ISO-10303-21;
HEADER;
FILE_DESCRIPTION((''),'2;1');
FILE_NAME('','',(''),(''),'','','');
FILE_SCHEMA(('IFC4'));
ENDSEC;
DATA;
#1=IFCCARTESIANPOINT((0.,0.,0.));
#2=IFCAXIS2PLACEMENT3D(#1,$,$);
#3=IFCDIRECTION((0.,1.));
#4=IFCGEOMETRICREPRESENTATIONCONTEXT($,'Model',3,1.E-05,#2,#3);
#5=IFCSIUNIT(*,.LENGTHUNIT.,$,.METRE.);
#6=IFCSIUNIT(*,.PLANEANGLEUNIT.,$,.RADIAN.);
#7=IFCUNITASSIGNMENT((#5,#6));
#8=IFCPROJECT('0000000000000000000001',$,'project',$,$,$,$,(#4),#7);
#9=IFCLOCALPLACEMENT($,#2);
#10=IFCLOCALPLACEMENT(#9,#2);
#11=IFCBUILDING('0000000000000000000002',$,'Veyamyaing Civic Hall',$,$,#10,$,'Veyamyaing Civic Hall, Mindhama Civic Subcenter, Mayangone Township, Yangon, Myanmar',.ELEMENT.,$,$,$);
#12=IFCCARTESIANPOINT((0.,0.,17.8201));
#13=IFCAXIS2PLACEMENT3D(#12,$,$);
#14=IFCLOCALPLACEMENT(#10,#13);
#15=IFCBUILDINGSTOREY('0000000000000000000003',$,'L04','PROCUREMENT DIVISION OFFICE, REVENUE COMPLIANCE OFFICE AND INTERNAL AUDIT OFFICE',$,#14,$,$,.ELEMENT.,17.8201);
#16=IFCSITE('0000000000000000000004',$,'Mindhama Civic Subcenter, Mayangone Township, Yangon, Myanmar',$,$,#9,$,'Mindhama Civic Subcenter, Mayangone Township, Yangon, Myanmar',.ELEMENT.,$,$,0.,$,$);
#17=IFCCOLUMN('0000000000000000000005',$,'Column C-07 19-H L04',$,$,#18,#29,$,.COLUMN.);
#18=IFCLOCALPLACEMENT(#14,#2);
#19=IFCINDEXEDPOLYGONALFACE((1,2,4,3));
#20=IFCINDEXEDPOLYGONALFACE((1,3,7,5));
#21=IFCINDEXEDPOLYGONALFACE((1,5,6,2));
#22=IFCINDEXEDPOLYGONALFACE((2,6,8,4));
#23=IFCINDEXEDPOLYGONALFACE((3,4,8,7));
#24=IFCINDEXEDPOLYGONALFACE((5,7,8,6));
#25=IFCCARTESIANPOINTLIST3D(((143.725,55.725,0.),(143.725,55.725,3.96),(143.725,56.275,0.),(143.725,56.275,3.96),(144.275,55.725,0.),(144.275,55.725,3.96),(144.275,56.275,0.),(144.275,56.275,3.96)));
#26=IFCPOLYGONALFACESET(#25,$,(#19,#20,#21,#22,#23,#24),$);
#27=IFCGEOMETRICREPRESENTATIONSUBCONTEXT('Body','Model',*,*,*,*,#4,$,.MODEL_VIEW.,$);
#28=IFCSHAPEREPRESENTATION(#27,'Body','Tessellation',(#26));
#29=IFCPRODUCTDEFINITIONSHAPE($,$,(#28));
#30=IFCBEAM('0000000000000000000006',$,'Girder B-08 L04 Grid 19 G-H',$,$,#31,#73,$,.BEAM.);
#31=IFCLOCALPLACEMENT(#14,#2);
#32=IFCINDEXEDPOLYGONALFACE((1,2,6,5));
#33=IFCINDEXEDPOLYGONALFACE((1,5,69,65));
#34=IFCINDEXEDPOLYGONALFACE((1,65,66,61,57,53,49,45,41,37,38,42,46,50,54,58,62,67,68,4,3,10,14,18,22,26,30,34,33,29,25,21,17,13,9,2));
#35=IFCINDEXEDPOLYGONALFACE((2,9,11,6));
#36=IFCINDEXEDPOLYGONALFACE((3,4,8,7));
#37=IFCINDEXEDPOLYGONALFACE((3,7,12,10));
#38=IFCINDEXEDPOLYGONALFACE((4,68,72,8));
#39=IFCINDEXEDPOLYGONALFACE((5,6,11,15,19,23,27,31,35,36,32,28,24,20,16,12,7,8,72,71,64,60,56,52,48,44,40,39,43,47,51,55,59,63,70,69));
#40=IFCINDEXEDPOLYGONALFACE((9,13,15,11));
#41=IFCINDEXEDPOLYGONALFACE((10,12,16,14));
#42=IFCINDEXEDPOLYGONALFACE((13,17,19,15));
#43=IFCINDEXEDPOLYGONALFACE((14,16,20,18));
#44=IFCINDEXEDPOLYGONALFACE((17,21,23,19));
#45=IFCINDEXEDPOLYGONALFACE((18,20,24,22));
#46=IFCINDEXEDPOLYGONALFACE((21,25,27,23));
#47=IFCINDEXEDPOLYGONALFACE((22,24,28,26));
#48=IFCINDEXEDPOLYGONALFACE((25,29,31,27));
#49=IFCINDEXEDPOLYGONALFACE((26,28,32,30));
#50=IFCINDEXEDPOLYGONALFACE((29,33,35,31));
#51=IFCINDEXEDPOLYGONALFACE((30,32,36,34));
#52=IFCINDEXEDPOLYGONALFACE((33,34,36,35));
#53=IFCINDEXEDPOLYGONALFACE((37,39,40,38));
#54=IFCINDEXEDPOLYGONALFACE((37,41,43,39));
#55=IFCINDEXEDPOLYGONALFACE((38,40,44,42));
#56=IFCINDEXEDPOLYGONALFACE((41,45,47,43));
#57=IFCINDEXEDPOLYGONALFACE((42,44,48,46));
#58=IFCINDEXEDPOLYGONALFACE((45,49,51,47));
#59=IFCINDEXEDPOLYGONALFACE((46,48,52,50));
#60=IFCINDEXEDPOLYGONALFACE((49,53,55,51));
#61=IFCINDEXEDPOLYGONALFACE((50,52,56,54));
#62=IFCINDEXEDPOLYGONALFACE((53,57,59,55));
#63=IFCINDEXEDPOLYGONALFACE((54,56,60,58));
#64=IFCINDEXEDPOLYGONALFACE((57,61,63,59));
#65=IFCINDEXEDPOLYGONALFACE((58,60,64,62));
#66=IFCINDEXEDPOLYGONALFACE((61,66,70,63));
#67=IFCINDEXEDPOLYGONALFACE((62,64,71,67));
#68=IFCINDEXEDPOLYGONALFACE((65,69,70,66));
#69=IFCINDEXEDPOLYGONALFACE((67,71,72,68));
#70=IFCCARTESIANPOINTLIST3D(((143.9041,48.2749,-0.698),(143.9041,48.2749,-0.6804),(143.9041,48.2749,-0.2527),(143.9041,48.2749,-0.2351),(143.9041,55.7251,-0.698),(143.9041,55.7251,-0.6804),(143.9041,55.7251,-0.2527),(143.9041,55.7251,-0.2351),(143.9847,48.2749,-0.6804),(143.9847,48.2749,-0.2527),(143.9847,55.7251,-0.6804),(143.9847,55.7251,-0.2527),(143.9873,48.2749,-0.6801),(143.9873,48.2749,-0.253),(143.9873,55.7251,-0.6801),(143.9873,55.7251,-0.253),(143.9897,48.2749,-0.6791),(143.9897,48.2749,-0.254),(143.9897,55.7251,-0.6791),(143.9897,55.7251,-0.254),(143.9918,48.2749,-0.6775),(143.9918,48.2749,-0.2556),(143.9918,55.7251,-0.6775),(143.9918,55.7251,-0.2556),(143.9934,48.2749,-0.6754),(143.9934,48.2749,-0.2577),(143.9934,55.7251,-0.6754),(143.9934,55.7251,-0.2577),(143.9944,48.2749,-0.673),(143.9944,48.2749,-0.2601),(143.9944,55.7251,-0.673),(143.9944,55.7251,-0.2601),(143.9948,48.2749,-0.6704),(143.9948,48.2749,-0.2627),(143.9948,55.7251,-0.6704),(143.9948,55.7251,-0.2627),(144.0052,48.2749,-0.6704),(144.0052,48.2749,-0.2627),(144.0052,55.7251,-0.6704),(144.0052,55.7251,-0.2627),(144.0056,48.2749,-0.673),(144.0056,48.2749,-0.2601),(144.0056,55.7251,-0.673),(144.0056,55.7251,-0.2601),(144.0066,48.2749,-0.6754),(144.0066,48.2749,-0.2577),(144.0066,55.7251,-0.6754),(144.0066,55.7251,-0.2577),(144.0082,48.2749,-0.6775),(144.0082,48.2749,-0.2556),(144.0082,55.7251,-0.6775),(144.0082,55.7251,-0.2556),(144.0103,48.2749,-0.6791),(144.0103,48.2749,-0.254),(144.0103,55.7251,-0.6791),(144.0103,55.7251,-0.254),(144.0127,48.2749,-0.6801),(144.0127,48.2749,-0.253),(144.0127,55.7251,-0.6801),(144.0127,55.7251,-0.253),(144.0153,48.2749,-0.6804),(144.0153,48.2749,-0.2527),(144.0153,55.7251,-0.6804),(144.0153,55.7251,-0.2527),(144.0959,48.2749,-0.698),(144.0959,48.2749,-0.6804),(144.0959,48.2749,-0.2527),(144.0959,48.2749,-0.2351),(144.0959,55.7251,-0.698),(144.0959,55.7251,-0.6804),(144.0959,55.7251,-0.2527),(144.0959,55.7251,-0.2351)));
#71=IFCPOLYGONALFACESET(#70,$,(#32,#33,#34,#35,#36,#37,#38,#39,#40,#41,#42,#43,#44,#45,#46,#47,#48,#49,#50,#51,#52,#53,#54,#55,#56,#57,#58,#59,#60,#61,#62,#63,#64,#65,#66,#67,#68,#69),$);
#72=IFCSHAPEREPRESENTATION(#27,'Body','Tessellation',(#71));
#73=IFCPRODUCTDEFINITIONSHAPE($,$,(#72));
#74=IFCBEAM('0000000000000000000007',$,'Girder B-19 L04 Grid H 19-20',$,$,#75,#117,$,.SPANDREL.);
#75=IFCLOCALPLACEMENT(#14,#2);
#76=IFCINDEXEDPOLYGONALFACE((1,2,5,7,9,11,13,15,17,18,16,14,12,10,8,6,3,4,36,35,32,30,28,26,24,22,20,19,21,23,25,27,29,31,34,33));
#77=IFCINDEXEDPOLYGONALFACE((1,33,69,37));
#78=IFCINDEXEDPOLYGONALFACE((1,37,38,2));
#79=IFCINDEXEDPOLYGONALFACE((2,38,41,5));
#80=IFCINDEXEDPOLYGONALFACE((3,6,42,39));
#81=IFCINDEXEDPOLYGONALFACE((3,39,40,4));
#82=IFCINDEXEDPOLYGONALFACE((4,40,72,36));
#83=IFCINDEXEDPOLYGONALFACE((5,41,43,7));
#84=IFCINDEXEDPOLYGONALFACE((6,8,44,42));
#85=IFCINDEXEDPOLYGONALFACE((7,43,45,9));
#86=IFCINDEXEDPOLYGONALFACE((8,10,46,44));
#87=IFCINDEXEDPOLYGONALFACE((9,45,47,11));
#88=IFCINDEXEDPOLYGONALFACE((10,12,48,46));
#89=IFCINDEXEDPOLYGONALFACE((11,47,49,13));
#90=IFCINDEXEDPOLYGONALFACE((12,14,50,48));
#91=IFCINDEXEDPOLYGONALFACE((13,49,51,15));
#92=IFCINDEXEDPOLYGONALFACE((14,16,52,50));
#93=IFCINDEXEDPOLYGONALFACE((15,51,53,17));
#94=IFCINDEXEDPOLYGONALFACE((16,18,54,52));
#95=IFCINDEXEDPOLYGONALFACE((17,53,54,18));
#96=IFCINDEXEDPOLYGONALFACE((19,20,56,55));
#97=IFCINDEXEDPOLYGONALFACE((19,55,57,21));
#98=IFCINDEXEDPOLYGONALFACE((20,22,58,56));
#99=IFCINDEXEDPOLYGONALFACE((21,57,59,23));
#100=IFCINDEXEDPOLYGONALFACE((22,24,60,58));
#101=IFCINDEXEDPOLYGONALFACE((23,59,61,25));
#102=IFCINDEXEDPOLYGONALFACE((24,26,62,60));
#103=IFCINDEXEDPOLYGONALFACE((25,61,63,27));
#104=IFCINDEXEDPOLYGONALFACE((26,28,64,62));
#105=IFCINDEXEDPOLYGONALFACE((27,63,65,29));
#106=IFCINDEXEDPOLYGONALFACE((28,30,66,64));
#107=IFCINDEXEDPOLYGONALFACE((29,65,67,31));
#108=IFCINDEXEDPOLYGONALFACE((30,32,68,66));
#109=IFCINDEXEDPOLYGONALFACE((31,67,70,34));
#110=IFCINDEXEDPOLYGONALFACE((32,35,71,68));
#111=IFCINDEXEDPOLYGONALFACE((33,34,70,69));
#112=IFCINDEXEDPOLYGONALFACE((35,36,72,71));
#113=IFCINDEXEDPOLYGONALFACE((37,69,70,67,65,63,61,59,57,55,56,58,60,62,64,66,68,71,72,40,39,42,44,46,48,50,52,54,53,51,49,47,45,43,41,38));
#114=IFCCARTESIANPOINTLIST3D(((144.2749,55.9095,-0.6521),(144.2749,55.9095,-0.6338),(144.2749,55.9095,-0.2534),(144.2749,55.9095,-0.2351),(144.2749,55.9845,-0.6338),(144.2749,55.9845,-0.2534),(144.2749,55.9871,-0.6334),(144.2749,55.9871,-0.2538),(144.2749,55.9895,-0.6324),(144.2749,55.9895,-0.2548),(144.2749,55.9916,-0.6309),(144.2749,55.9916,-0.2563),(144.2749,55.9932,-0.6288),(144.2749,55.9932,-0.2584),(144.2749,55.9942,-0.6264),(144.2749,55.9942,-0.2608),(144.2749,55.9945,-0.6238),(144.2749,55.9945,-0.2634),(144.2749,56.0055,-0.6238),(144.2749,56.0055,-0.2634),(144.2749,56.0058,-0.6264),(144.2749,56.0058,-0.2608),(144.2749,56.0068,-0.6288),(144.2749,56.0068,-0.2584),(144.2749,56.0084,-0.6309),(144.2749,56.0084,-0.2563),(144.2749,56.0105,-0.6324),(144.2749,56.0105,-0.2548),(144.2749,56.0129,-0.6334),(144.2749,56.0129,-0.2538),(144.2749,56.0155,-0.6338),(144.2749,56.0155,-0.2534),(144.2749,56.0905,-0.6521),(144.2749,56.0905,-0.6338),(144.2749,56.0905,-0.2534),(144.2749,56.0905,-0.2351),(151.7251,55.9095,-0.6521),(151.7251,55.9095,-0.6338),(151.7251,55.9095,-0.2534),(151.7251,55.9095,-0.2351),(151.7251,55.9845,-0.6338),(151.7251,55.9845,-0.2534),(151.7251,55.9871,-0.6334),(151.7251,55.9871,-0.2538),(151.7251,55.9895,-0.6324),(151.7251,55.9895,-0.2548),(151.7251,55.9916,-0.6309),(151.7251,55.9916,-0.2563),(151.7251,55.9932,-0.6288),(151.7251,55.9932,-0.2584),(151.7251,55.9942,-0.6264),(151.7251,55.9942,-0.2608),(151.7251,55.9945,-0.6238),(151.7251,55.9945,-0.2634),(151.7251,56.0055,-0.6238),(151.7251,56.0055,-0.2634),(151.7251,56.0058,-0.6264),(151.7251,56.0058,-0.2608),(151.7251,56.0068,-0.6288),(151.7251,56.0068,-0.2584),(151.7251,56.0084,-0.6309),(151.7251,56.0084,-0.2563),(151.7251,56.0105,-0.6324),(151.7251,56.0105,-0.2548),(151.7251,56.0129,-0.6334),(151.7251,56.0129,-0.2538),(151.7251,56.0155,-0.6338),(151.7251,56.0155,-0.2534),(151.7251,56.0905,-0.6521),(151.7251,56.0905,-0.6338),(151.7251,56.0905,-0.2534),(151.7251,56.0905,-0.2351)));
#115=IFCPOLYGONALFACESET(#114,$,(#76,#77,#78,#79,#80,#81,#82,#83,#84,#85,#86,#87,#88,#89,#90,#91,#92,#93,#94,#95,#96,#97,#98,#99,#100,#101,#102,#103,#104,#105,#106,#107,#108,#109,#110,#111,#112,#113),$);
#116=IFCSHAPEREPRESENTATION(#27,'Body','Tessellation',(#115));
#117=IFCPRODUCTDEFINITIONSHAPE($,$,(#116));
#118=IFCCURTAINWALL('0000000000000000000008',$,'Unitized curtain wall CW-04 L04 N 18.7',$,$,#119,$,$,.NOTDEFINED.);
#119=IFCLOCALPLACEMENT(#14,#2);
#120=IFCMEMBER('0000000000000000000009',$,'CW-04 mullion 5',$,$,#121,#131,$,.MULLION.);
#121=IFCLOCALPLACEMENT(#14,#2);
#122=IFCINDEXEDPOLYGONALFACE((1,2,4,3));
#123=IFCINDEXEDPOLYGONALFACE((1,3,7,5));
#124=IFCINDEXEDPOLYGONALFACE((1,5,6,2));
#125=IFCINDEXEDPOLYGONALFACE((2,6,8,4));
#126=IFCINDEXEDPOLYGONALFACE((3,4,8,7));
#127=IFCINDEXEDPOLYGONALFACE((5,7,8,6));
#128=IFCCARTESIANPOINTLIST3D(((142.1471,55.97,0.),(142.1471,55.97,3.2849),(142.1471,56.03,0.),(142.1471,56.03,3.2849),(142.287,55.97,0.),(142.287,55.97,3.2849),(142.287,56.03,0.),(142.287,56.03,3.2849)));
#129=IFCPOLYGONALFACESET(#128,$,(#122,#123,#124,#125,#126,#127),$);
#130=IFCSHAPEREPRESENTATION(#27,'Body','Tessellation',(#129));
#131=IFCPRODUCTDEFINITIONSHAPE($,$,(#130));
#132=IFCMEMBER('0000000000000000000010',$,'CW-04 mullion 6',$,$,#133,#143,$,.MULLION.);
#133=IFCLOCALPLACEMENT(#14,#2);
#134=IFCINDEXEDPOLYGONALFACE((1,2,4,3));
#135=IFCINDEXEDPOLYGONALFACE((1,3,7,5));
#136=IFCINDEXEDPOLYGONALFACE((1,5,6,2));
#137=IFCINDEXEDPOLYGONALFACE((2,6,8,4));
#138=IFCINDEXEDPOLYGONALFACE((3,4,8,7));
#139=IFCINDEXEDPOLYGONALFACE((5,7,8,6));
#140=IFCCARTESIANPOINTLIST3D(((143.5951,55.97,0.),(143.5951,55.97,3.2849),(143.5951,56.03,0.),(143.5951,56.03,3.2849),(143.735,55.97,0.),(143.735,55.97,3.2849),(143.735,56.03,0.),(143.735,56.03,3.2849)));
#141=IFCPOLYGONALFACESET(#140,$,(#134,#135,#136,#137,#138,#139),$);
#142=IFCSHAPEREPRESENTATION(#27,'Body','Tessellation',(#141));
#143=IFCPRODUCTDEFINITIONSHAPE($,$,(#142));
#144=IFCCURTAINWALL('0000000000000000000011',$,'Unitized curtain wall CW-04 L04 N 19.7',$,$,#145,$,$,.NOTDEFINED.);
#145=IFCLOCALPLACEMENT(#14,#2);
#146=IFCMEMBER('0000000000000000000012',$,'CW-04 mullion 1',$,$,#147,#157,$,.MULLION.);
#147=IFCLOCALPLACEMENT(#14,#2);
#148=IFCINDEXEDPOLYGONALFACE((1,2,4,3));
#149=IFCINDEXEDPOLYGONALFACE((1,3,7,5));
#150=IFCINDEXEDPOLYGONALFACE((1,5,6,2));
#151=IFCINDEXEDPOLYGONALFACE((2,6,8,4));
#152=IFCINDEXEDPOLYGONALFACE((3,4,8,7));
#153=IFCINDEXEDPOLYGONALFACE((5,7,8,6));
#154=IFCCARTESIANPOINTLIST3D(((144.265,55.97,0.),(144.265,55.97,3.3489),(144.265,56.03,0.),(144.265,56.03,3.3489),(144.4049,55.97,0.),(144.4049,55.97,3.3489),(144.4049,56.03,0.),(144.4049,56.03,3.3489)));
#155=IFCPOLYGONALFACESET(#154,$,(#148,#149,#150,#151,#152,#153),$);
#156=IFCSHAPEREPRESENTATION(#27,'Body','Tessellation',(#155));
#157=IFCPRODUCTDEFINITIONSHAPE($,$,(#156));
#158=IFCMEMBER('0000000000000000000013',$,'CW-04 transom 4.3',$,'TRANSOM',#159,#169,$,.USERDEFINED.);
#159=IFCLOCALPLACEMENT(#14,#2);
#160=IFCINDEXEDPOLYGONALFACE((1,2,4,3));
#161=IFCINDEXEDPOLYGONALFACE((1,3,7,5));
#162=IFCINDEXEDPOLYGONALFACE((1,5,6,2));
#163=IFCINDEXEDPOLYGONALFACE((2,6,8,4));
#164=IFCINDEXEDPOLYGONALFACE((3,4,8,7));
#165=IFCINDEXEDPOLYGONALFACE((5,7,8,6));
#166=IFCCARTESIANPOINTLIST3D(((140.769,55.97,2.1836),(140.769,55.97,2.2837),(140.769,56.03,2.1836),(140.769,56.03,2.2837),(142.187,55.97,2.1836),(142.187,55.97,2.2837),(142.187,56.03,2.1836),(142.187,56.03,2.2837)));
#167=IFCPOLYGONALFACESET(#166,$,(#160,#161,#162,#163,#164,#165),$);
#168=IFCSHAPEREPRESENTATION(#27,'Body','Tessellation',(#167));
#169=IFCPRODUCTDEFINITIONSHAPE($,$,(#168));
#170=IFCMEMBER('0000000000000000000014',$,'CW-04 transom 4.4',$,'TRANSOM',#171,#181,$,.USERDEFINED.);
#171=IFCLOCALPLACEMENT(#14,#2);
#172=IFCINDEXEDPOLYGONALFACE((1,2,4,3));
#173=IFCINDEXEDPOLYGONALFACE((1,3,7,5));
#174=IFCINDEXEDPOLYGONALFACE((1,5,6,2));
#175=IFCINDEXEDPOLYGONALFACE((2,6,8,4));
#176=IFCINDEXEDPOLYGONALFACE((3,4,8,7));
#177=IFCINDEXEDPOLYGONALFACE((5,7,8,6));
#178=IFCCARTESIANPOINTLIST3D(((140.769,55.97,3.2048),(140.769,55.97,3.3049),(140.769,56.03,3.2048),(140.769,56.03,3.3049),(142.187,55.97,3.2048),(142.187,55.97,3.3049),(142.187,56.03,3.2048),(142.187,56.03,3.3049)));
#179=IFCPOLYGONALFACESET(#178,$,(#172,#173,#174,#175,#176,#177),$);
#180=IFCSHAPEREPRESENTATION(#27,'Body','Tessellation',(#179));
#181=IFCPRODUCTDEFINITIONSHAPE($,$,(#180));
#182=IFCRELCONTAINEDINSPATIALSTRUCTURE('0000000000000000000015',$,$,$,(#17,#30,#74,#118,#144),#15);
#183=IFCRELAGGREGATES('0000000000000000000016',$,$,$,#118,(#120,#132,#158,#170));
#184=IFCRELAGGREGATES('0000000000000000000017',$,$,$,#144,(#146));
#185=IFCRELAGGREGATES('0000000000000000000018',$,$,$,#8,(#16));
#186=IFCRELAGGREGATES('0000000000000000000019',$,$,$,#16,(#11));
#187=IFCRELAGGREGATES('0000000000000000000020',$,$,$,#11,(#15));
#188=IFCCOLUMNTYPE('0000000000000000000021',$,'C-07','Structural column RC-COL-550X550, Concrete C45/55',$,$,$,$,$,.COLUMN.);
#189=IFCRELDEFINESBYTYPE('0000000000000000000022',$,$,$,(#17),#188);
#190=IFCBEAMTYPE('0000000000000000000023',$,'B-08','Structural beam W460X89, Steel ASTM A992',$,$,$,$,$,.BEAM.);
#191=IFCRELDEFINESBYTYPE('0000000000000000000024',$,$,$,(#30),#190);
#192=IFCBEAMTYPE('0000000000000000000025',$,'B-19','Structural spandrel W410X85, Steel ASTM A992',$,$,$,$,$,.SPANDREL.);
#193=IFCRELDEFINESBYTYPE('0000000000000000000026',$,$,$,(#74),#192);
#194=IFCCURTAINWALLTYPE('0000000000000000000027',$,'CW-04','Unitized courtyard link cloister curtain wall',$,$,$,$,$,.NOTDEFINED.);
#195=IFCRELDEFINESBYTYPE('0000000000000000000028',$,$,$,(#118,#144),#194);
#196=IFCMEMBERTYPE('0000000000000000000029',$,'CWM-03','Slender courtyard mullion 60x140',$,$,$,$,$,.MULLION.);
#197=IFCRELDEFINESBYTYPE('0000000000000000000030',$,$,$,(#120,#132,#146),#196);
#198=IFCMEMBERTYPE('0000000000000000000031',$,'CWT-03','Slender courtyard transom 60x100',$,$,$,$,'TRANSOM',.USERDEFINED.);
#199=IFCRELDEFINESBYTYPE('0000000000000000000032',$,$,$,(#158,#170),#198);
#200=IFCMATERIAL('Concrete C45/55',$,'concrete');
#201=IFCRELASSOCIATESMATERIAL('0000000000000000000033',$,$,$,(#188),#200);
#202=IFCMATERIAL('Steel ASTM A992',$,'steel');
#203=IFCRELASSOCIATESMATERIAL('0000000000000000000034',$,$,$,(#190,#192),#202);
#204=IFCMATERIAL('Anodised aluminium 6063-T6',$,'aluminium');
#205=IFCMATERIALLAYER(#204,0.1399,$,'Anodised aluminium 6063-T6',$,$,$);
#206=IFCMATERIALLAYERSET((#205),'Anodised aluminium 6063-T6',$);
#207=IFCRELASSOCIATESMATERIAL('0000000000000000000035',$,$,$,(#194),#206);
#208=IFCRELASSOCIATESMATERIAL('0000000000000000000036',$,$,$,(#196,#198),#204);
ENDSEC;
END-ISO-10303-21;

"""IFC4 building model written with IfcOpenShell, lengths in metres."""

from ifc_helpers import new_model, si_unit, direction, frame, origin, origin_2d, place, context, subcontext, project, spatial, rectangle, i_section, extrude, material, layer, layer_set, material_profile, profile_set, type_object, element, aggregate, save


model = new_model("IFC4")

# Units and contexts
model_context = context("Model", 3, precision=1e-05, world=origin(), true_north=direction((0.0, 1.0)))
body_context = subcontext(model_context, "Body", "Model", "MODEL_VIEW")
ifc_project = project(units=[si_unit("LENGTHUNIT", "METRE"), si_unit("PLANEANGLEUNIT", "RADIAN")], contexts=[model_context])

# Site, building, storey
site_placement = place(None, origin())
site = spatial("IfcSite", under=ifc_project, at=site_placement, Name="Mindhama Civic Subcenter, Mayangone Township, Yangon, Myanmar", LongName="Mindhama Civic Subcenter, Mayangone Township, Yangon, Myanmar", CompositionType="ELEMENT", RefElevation=0.0)
building_placement = place(site_placement, origin())
building = spatial("IfcBuilding", under=site, at=building_placement, Name="Veyamyaing Civic Hall", LongName="Veyamyaing Civic Hall, Mindhama Civic Subcenter, Mayangone Township, Yangon, Myanmar", CompositionType="ELEMENT")
storey_placement = place(building_placement, frame((0.0, 0.0, 17.8201)))
storey = spatial("IfcBuildingStorey", under=building, at=storey_placement, Name="L04", Description="PROCUREMENT DIVISION OFFICE, REVENUE COMPLIANCE OFFICE AND INTERNAL AUDIT OFFICE", CompositionType="ELEMENT", Elevation=17.8201)

# Column
ifc_material_1 = material(Name="Concrete C45/55", Category="concrete")
ifc_material_profile_1 = material_profile(ifc_material_1, rectangle(XDim=0.55, YDim=0.55, at=origin_2d()), Name="RC-COL-550X550")
ifc_profile_set_1 = profile_set([ifc_material_profile_1], Name="Concrete C45/55")
column_type = type_object("IfcColumnType", Name="C-07", Description="Structural column RC-COL-550X550, Concrete C45/55", PredefinedType="COLUMN", material=ifc_profile_set_1)
column_placement = place(storey_placement, frame((144.0, 56.0, 0.0), z_axis=(0.0, 0.0, 1.0), x_axis=(1.0, 0.0, 0.0)))
element("IfcColumn", 1, at=column_placement, inside=storey, type_object=column_type, Name="Column C-07 19-H L04", PredefinedType="COLUMN", context=body_context, shape_type="SweptSolid", body=[
    extrude(rectangle(XDim=0.55, YDim=0.55, at=origin_2d()), origin(), (0.0, 0.0, 1.0), 3.96),
])

# Beams
ifc_material_2 = material(Name="Steel ASTM A992", Category="steel")
ifc_material_profile_2 = material_profile(ifc_material_2, i_section(OverallWidth=0.1919, OverallDepth=0.4629, WebThickness=0.0105, FlangeThickness=0.0176, FilletRadius=0.01, at=origin_2d()), Name="W460X89")
ifc_profile_set_2 = profile_set([ifc_material_profile_2], Name="Steel ASTM A992")
beam_type_1 = type_object("IfcBeamType", Name="B-08", Description="Structural beam W460X89, Steel ASTM A992", PredefinedType="BEAM", material=ifc_profile_set_2)
beam_1_placement = place(storey_placement, frame((144.0, 48.2749, -0.4666), z_axis=(0.0, 1.0, 0.0), x_axis=(-1.0, 0.0, 0.0)))
element("IfcBeam", 2, at=beam_1_placement, inside=storey, type_object=beam_type_1, Name="Girder B-08 L04 Grid 19 G-H", PredefinedType="BEAM", context=body_context, shape_type="SweptSolid", body=[
    extrude(i_section(OverallWidth=0.1919, OverallDepth=0.4629, WebThickness=0.0105, FlangeThickness=0.0176, FilletRadius=0.01, at=origin_2d()), origin(), (0.0, 0.0, 1.0), 7.4502),
])
ifc_material_profile_3 = material_profile(ifc_material_2, i_section(OverallWidth=0.1809, OverallDepth=0.417, WebThickness=0.011, FlangeThickness=0.0183, FilletRadius=0.01, at=origin_2d()), Name="W410X85")
ifc_profile_set_3 = profile_set([ifc_material_profile_3], Name="Steel ASTM A992")
beam_type_2 = type_object("IfcBeamType", Name="B-19", Description="Structural spandrel W410X85, Steel ASTM A992", PredefinedType="SPANDREL", material=ifc_profile_set_3)
beam_2_placement = place(storey_placement, frame((144.2749, 56.0, -0.4436), z_axis=(1.0, 0.0, 0.0), x_axis=(0.0, 1.0, 0.0)))
element("IfcBeam", 3, at=beam_2_placement, inside=storey, type_object=beam_type_2, Name="Girder B-19 L04 Grid H 19-20", PredefinedType="SPANDREL", context=body_context, shape_type="SweptSolid", body=[
    extrude(i_section(OverallWidth=0.1809, OverallDepth=0.417, WebThickness=0.011, FlangeThickness=0.0183, FilletRadius=0.01, at=origin_2d()), origin(), (0.0, 0.0, 1.0), 7.4502),
])

# Curtain wall, members
ifc_material_3 = material(Name="Anodised aluminium 6063-T6", Category="aluminium")
ifc_layer_1 = layer(ifc_material_3, 0.1399, Name="Anodised aluminium 6063-T6")
ifc_layer_set_1 = layer_set([ifc_layer_1], Name="Anodised aluminium 6063-T6")
curtain_wall_type = type_object("IfcCurtainWallType", Name="CW-04", Description="Unitized courtyard link cloister curtain wall", PredefinedType="NOTDEFINED", material=ifc_layer_set_1)
curtain_wall_1_placement = place(storey_placement, origin())
curtain_wall_1 = element("IfcCurtainWall", 4, at=curtain_wall_1_placement, inside=storey, type_object=curtain_wall_type, Name="Unitized curtain wall CW-04 L04 N 18.7", PredefinedType="NOTDEFINED")
ifc_material_profile_4 = material_profile(ifc_material_3, rectangle(XDim=0.0601, YDim=0.1399, at=origin_2d()), Name="ALU-MUL-60X140")
ifc_profile_set_4 = profile_set([ifc_material_profile_4], Name="Anodised aluminium 6063-T6")
member_type_1 = type_object("IfcMemberType", Name="CWM-03", Description="Slender courtyard mullion 60x140", PredefinedType="MULLION", material=ifc_profile_set_4)
member_1_placement = place(storey_placement, frame((142.217, 56.0, 0.0), z_axis=(0.0, 0.0, 1.0), x_axis=(0.0, 1.0, 0.0)))
member_1 = element("IfcMember", 5, at=member_1_placement, type_object=member_type_1, Name="CW-04 mullion 5", PredefinedType="MULLION", context=body_context, shape_type="SweptSolid", body=[
    extrude(rectangle(XDim=0.0601, YDim=0.1399, at=origin_2d()), origin(), (0.0, 0.0, 1.0), 3.2849),
])
member_2_placement = place(storey_placement, frame((143.665, 56.0, 0.0), z_axis=(0.0, 0.0, 1.0), x_axis=(0.0, 1.0, 0.0)))
member_2 = element("IfcMember", 6, at=member_2_placement, type_object=member_type_1, Name="CW-04 mullion 6", PredefinedType="MULLION", context=body_context, shape_type="SweptSolid", body=[
    extrude(rectangle(XDim=0.0601, YDim=0.1399, at=origin_2d()), origin(), (0.0, 0.0, 1.0), 3.2849),
])

# Curtain wall, member
curtain_wall_2_placement = place(storey_placement, origin())
curtain_wall_2 = element("IfcCurtainWall", 7, at=curtain_wall_2_placement, inside=storey, type_object=curtain_wall_type, Name="Unitized curtain wall CW-04 L04 N 19.7", PredefinedType="NOTDEFINED")
member_3_placement = place(storey_placement, frame((144.335, 56.0, 0.0), z_axis=(0.0, 0.0, 1.0), x_axis=(0.0, 1.0, 0.0)))
member_3 = element("IfcMember", 8, at=member_3_placement, type_object=member_type_1, Name="CW-04 mullion 1", PredefinedType="MULLION", context=body_context, shape_type="SweptSolid", body=[
    extrude(rectangle(XDim=0.0601, YDim=0.1399, at=origin_2d()), origin(), (0.0, 0.0, 1.0), 3.3489),
])

# Members
ifc_material_profile_5 = material_profile(ifc_material_3, rectangle(XDim=0.0601, YDim=0.1001, at=origin_2d()), Name="ALU-TRN-60X100")
ifc_profile_set_5 = profile_set([ifc_material_profile_5], Name="Anodised aluminium 6063-T6")
member_type_2 = type_object("IfcMemberType", Name="CWT-03", Description="Slender courtyard transom 60x100", ElementType="TRANSOM", PredefinedType="USERDEFINED", material=ifc_profile_set_5)
member_4_placement = place(storey_placement, frame((140.769, 56.0, 2.2336), z_axis=(1.0, 0.0, 0.0), x_axis=(0.0, 1.0, 0.0)))
member_4 = element("IfcMember", 9, at=member_4_placement, type_object=member_type_2, Name="CW-04 transom 4.3", ObjectType="TRANSOM", PredefinedType="USERDEFINED", context=body_context, shape_type="SweptSolid", body=[
    extrude(rectangle(XDim=0.0601, YDim=0.1001, at=origin_2d()), origin(), (0.0, 0.0, 1.0), 1.418),
])
member_5_placement = place(storey_placement, frame((140.769, 56.0, 3.2549), z_axis=(1.0, 0.0, 0.0), x_axis=(0.0, 1.0, 0.0)))
member_5 = element("IfcMember", 10, at=member_5_placement, type_object=member_type_2, Name="CW-04 transom 4.4", ObjectType="TRANSOM", PredefinedType="USERDEFINED", context=body_context, shape_type="SweptSolid", body=[
    extrude(rectangle(XDim=0.0601, YDim=0.1001, at=origin_2d()), origin(), (0.0, 0.0, 1.0), 1.418),
])

aggregate(curtain_wall_1, [member_1, member_2, member_4, member_5])
aggregate(curtain_wall_2, [member_3])

save(model, "model.ifc")
